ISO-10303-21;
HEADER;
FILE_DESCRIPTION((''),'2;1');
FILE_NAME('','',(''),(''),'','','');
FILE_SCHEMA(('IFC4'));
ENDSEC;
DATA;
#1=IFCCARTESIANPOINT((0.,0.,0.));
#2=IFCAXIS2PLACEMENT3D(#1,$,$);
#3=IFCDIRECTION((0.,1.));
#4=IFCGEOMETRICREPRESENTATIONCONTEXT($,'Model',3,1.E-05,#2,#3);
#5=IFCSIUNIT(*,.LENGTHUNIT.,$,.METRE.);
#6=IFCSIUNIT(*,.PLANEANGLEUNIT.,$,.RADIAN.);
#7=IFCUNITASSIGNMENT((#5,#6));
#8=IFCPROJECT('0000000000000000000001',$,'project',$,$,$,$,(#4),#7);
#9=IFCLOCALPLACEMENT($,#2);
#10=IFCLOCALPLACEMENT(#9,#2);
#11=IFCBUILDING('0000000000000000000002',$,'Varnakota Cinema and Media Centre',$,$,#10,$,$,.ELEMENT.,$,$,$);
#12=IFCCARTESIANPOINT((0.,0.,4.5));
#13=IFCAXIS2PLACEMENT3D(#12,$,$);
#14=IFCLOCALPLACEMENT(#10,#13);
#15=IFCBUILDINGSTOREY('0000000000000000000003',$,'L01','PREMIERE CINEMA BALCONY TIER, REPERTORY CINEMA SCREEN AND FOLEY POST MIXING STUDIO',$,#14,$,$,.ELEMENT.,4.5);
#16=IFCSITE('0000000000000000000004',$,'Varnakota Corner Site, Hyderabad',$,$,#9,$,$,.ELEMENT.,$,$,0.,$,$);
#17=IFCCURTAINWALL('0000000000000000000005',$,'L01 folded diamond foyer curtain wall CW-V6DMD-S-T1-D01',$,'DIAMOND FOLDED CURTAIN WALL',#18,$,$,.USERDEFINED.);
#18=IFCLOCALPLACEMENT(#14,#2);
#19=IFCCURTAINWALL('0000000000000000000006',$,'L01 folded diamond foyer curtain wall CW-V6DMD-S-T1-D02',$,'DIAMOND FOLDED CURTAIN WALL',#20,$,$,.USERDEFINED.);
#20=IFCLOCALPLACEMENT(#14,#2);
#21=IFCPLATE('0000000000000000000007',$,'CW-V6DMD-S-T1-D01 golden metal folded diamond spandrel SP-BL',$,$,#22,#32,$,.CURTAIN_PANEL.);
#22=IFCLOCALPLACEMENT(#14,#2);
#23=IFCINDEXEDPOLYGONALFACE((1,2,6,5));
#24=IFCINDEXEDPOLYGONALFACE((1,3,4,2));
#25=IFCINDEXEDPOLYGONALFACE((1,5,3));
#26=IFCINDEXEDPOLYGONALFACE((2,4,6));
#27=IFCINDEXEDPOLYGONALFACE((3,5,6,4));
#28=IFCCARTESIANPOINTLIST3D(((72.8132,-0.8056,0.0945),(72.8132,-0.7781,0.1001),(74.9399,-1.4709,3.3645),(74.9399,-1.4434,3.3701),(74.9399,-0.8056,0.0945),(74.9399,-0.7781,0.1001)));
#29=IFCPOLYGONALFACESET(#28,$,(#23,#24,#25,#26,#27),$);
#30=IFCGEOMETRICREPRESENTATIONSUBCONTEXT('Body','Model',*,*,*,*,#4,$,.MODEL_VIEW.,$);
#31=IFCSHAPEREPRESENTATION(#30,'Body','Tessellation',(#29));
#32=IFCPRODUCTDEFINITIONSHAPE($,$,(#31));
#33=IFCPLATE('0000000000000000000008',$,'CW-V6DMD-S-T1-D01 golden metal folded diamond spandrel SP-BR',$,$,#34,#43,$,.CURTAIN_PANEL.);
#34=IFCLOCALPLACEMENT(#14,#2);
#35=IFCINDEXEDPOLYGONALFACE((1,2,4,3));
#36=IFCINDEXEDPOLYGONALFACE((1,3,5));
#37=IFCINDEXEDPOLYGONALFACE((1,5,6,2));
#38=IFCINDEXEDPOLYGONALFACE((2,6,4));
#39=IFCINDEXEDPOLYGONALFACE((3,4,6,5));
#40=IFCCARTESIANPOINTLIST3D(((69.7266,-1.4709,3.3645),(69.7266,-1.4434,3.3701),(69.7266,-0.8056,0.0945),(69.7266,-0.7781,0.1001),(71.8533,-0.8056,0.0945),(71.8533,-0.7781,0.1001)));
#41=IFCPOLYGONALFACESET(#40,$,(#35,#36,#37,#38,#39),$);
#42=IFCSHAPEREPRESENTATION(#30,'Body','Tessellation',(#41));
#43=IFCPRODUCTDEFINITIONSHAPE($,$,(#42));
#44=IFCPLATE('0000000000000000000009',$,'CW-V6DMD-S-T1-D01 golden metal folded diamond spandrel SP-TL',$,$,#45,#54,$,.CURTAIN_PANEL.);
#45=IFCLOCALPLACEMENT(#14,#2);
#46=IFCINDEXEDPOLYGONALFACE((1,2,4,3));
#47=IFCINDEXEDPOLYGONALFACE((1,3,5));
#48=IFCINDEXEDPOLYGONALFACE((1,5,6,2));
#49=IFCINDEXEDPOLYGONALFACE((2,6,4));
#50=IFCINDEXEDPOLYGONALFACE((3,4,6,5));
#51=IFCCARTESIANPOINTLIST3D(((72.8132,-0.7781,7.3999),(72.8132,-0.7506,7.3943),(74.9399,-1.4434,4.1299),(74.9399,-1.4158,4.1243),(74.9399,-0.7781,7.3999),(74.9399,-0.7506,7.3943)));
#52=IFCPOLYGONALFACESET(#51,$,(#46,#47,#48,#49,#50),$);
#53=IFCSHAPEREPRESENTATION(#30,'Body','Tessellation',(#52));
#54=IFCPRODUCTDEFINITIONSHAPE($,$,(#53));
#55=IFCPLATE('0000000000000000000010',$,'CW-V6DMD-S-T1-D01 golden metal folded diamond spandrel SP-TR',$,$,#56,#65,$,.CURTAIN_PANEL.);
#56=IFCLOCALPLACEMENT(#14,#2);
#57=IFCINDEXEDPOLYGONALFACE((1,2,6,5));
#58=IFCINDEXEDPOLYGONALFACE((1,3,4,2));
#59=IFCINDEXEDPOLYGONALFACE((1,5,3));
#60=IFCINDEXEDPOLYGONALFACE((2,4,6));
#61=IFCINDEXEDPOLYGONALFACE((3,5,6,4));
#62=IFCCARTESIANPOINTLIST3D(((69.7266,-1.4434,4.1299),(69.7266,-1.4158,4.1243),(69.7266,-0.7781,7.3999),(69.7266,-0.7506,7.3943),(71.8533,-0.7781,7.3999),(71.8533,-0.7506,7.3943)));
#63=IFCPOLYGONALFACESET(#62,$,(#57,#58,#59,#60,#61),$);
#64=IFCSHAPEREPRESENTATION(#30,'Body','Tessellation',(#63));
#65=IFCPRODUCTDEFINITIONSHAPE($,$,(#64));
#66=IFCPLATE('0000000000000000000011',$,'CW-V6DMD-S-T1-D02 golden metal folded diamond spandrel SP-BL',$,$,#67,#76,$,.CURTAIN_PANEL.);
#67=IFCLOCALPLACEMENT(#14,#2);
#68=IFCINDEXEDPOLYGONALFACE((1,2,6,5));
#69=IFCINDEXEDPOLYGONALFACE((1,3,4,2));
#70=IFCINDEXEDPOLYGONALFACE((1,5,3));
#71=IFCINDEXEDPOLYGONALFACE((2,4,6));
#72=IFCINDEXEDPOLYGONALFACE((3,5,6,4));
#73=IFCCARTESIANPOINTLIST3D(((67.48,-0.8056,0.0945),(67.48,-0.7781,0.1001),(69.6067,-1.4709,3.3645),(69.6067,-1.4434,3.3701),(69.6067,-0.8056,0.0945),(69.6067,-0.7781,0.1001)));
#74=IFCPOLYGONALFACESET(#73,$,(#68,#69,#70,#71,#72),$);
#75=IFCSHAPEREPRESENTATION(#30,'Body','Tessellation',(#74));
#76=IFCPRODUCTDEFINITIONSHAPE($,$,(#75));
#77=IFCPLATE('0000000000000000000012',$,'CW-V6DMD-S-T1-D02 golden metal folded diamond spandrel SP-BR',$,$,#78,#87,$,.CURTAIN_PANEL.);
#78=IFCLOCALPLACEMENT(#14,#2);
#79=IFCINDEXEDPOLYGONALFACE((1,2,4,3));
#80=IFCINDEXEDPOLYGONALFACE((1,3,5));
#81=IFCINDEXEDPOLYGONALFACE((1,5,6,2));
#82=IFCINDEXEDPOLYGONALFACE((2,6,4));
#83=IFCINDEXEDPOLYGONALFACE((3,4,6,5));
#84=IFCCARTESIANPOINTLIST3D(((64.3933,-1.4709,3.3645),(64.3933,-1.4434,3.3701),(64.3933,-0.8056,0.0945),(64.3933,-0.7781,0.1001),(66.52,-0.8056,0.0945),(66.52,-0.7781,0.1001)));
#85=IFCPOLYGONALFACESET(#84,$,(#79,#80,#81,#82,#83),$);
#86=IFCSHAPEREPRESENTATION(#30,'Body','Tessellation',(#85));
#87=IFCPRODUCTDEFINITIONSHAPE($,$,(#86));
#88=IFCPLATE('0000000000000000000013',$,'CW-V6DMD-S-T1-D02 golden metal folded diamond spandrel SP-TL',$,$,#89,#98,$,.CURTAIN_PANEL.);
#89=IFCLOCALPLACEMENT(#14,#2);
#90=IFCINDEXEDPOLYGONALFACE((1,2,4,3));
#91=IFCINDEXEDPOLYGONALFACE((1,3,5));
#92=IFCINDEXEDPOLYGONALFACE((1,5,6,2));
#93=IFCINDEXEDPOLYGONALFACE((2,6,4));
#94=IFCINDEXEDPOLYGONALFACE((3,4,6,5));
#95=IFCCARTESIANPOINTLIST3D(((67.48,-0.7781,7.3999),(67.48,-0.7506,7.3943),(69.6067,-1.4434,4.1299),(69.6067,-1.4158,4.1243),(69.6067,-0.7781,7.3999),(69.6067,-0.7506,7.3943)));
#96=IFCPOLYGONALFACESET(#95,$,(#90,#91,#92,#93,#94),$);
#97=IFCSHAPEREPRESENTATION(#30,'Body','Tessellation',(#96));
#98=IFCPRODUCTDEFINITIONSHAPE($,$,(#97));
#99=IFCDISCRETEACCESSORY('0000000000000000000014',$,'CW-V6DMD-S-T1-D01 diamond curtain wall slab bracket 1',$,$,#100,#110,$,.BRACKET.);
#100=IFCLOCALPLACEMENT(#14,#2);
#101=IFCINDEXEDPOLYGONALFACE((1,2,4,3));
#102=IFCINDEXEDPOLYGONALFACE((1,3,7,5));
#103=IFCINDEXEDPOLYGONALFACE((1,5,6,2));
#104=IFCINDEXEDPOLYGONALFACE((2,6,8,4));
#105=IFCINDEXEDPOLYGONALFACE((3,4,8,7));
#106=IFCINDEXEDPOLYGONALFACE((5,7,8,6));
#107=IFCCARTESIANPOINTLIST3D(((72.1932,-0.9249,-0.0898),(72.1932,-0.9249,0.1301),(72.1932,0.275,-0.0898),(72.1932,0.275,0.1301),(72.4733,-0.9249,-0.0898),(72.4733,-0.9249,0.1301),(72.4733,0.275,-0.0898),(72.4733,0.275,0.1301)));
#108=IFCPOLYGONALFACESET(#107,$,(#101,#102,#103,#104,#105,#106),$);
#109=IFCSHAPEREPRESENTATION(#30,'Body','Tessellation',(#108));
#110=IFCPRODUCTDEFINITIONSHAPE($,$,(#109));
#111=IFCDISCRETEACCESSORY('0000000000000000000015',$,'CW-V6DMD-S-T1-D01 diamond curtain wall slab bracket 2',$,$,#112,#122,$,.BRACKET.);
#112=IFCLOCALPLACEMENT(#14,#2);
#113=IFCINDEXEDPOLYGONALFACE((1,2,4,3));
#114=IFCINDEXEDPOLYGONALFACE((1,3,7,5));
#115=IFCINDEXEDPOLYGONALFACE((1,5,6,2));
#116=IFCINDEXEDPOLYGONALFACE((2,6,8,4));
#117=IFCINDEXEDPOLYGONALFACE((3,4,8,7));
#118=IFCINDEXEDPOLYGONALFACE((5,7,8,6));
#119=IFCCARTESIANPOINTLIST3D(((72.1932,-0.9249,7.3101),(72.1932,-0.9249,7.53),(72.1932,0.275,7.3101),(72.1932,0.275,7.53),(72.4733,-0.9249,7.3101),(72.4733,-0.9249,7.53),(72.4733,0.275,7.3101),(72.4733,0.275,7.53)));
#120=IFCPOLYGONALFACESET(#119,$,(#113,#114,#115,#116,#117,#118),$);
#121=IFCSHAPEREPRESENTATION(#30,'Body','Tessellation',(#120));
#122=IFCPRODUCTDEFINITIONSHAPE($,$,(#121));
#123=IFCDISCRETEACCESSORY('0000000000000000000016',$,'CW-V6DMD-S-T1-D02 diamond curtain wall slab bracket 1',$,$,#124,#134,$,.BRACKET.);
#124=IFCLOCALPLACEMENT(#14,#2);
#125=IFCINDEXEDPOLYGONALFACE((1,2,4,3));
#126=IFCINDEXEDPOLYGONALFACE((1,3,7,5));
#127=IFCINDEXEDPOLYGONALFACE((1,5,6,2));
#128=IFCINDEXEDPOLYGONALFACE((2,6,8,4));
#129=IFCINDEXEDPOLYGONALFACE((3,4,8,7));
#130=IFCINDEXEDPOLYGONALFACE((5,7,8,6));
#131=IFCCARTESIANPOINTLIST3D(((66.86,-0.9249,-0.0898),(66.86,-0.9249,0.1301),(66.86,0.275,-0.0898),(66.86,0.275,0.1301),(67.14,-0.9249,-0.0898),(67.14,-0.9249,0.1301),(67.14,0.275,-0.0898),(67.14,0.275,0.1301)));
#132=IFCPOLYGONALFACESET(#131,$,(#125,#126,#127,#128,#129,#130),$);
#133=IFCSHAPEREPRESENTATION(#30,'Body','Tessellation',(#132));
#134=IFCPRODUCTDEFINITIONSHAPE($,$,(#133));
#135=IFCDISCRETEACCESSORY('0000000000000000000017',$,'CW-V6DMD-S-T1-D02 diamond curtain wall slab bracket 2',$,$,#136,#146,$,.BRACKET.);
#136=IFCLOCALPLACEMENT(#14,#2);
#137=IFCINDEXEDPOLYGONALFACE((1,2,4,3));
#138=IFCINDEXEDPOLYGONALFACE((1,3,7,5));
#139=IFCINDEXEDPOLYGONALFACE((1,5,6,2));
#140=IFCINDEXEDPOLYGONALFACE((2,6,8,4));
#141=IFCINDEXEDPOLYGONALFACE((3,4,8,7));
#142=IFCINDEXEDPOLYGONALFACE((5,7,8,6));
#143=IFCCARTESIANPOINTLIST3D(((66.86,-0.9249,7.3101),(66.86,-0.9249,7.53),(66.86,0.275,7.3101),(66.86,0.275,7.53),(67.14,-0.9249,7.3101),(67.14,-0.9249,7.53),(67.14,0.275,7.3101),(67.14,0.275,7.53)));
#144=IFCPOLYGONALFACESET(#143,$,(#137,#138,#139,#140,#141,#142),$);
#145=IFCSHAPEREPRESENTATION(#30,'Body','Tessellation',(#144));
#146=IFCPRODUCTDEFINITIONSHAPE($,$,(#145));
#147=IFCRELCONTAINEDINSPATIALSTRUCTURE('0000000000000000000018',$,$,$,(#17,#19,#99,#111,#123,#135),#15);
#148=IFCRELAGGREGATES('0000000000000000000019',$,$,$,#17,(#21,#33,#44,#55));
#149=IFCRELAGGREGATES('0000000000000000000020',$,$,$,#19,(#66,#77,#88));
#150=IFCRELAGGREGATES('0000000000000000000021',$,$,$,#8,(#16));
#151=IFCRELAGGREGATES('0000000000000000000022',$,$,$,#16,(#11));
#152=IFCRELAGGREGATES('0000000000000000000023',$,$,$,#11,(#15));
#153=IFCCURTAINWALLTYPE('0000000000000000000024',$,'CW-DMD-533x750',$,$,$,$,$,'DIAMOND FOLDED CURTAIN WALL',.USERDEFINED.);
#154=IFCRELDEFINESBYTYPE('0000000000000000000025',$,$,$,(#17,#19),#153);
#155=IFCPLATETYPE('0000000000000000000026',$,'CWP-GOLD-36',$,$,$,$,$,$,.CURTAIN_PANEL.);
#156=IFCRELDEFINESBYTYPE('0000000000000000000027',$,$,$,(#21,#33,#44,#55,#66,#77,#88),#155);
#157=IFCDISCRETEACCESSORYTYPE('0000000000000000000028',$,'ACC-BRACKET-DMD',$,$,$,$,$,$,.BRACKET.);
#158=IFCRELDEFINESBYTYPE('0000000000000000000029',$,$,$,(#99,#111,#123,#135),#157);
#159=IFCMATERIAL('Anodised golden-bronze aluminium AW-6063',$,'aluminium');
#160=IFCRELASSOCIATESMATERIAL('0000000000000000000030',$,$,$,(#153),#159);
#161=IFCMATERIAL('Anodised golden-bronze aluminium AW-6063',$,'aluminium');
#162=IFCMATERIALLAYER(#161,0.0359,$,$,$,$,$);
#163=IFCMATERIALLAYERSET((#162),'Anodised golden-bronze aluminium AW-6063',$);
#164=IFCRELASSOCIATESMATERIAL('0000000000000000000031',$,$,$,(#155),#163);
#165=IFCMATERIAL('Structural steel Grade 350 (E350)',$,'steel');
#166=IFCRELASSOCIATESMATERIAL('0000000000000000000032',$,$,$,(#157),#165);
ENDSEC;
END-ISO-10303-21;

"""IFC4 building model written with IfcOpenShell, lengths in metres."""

from ifc_helpers import new_model, si_unit, direction, frame, origin, origin_2d, place, context, subcontext, project, spatial, polyline, rectangle, outline, extrude, material, layer, layer_set, type_object, element, aggregate, save


model = new_model("IFC4")

# Units and contexts
model_context = context("Model", 3, precision=1e-05, world=origin(), true_north=direction((0.0, 1.0)))
body_context = subcontext(model_context, "Body", "Model", "MODEL_VIEW")
ifc_project = project(units=[si_unit("LENGTHUNIT", "METRE"), si_unit("PLANEANGLEUNIT", "RADIAN")], contexts=[model_context])

# Site, building, storey
site_placement = place(None, origin())
site = spatial("IfcSite", under=ifc_project, at=site_placement, Name="Varnakota Corner Site, Hyderabad", CompositionType="ELEMENT", RefElevation=0.0)
building_placement = place(site_placement, origin())
building = spatial("IfcBuilding", under=site, at=building_placement, Name="Varnakota Cinema and Media Centre", CompositionType="ELEMENT")
storey_placement = place(building_placement, frame((0.0, 0.0, 4.5)))
storey = spatial("IfcBuildingStorey", under=building, at=storey_placement, Name="L01", Description="PREMIERE CINEMA BALCONY TIER, REPERTORY CINEMA SCREEN AND FOLEY POST MIXING STUDIO", CompositionType="ELEMENT", Elevation=4.5)

# Curtain walls
ifc_material_1 = material(Name="Anodised golden-bronze aluminium AW-6063", Category="aluminium")
curtain_wall_type = type_object("IfcCurtainWallType", Name="CW-DMD-533x750", ElementType="DIAMOND FOLDED CURTAIN WALL", PredefinedType="USERDEFINED", material=ifc_material_1)
curtain_wall_1_placement = place(storey_placement, origin())
curtain_wall_1 = element("IfcCurtainWall", 1, at=curtain_wall_1_placement, inside=storey, type_object=curtain_wall_type, Name="L01 folded diamond foyer curtain wall CW-V6DMD-S-T1-D01", ObjectType="DIAMOND FOLDED CURTAIN WALL", PredefinedType="USERDEFINED")
curtain_wall_2_placement = place(storey_placement, origin())
curtain_wall_2 = element("IfcCurtainWall", 2, at=curtain_wall_2_placement, inside=storey, type_object=curtain_wall_type, Name="L01 folded diamond foyer curtain wall CW-V6DMD-S-T1-D02", ObjectType="DIAMOND FOLDED CURTAIN WALL", PredefinedType="USERDEFINED")

# Plates
ifc_material_2 = material(Name="Anodised golden-bronze aluminium AW-6063", Category="aluminium")
ifc_layer_1 = layer(ifc_material_2, 0.0359)
ifc_layer_set_1 = layer_set([ifc_layer_1], Name="Anodised golden-bronze aluminium AW-6063")
plate_type_1 = type_object("IfcPlateType", Name="CWP-GOLD-36", PredefinedType="CURTAIN_PANEL", material=ifc_layer_set_1)
plate_1_placement = place(storey_placement, frame((74.9399, -0.7781, 0.1001), z_axis=(0.0, 0.979925, 0.199365), x_axis=(-1.0, 0.0, 0.0)))
plate_1 = element("IfcPlate", 3, at=plate_1_placement, type_object=plate_type_1, Name="CW-V6DMD-S-T1-D01 golden metal folded diamond spandrel SP-BL", PredefinedType="CURTAIN_PANEL", context=body_context, shape_type="SweptSolid", body=[
    extrude(outline(polyline([(0.0, 0.0), (2.1267, 0.0), (0.0, 3.337), (0.0, 0.0)])), origin(), (0.0, 0.0, -1.0), 0.0281),
])
plate_2_placement = place(storey_placement, frame((71.8533, -0.7781, 0.1001), z_axis=(0.0, 0.979925, 0.199365), x_axis=(-1.0, 0.0, 0.0)))
plate_2 = element("IfcPlate", 4, at=plate_2_placement, type_object=plate_type_1, Name="CW-V6DMD-S-T1-D01 golden metal folded diamond spandrel SP-BR", PredefinedType="CURTAIN_PANEL", context=body_context, shape_type="SweptSolid", body=[
    extrude(outline(polyline([(0.0, 0.0), (2.1267, 0.0), (2.1267, 3.337), (0.0, 0.0)])), origin(), (0.0, 0.0, -1.0), 0.0281),
])
plate_3_placement = place(storey_placement, frame((74.9399, -1.4434, 4.1299), z_axis=(0.0, -0.979925, 0.199365), x_axis=(-0.537443, 0.168125, 0.826371)))
plate_3 = element("IfcPlate", 5, at=plate_3_placement, type_object=plate_type_1, Name="CW-V6DMD-S-T1-D01 golden metal folded diamond spandrel SP-TL", PredefinedType="CURTAIN_PANEL", context=body_context, shape_type="SweptSolid", body=[
    extrude(outline(polyline([(0.0, 0.0), (3.9571, 0.0), (2.8141, -1.7935), (0.0, 0.0)])), origin(), (0.0, 0.0, -1.0), 0.0281),
])
plate_4_placement = place(storey_placement, frame((69.7266, -1.4434, 4.1299), z_axis=(0.0, -0.979925, 0.199365), x_axis=(0.0, 0.199365, 0.979925)))
plate_4 = element("IfcPlate", 6, at=plate_4_placement, type_object=plate_type_1, Name="CW-V6DMD-S-T1-D01 golden metal folded diamond spandrel SP-TR", PredefinedType="CURTAIN_PANEL", context=body_context, shape_type="SweptSolid", body=[
    extrude(outline(polyline([(0.0, 0.0), (3.337, 0.0), (3.337, -2.1267), (0.0, 0.0)])), origin(), (0.0, 0.0, -1.0), 0.0281),
])
aggregate(curtain_wall_1, [plate_1, plate_2, plate_3, plate_4])
plate_5_placement = place(storey_placement, frame((69.6067, -0.7781, 0.1001), z_axis=(0.0, 0.979925, 0.199365), x_axis=(-1.0, 0.0, 0.0)))
plate_5 = element("IfcPlate", 7, at=plate_5_placement, type_object=plate_type_1, Name="CW-V6DMD-S-T1-D02 golden metal folded diamond spandrel SP-BL", PredefinedType="CURTAIN_PANEL", context=body_context, shape_type="SweptSolid", body=[
    extrude(outline(polyline([(0.0, 0.0), (2.1267, 0.0), (0.0, 3.337), (0.0, 0.0)])), origin(), (0.0, 0.0, -1.0), 0.0281),
])
plate_6_placement = place(storey_placement, frame((66.52, -0.7781, 0.1001), z_axis=(0.0, 0.979925, 0.199365), x_axis=(-1.0, 0.0, 0.0)))
plate_6 = element("IfcPlate", 8, at=plate_6_placement, type_object=plate_type_1, Name="CW-V6DMD-S-T1-D02 golden metal folded diamond spandrel SP-BR", PredefinedType="CURTAIN_PANEL", context=body_context, shape_type="SweptSolid", body=[
    extrude(outline(polyline([(0.0, 0.0), (2.1267, 0.0), (2.1267, 3.337), (0.0, 0.0)])), origin(), (0.0, 0.0, -1.0), 0.0281),
])
plate_7_placement = place(storey_placement, frame((69.6067, -1.4434, 4.1299), z_axis=(0.0, -0.979925, 0.199365), x_axis=(-0.537443, 0.168125, 0.826371)))
plate_7 = element("IfcPlate", 9, at=plate_7_placement, type_object=plate_type_1, Name="CW-V6DMD-S-T1-D02 golden metal folded diamond spandrel SP-TL", PredefinedType="CURTAIN_PANEL", context=body_context, shape_type="SweptSolid", body=[
    extrude(outline(polyline([(0.0, 0.0), (3.9571, 0.0), (2.8141, -1.7935), (0.0, 0.0)])), origin(), (0.0, 0.0, -1.0), 0.0281),
])
aggregate(curtain_wall_2, [plate_5, plate_6, plate_7])

# Discrete accessories
ifc_material_3 = material(Name="Structural steel Grade 350 (E350)", Category="steel")
discrete_accessory_type = type_object("IfcDiscreteAccessoryType", Name="ACC-BRACKET-DMD", PredefinedType="BRACKET", material=ifc_material_3)
for number, where, z_axis, x_axis, name in (
    (10, (72.3333, -0.325, -0.0898), (0.0, 0.0, 1.0), (-1.0, 0.0, 0.0), "CW-V6DMD-S-T1-D01 diamond curtain wall slab bracket 1"),
    (11, (72.3333, -0.325, 7.3101), (0.0, 0.0, 1.0), (-1.0, 0.0, 0.0), "CW-V6DMD-S-T1-D01 diamond curtain wall slab bracket 2"),
    (12, (67.0, -0.325, -0.0898), (0.0, 0.0, 1.0), (-1.0, 0.0, 0.0), "CW-V6DMD-S-T1-D02 diamond curtain wall slab bracket 1"),
    (13, (67.0, -0.325, 7.3101), (0.0, 0.0, 1.0), (-1.0, 0.0, 0.0), "CW-V6DMD-S-T1-D02 diamond curtain wall slab bracket 2"),
):
    element("IfcDiscreteAccessory", number, at=place(storey_placement, frame(where, z_axis=z_axis, x_axis=x_axis)), inside=storey, type_object=discrete_accessory_type, Name=name, PredefinedType="BRACKET", context=body_context, shape_type="SweptSolid", body=[
        extrude(rectangle(XDim=0.28, YDim=1.2, at=origin_2d()), origin(), (0.0, 0.0, 1.0), 0.22),
    ])

save(model, "model.ifc")
